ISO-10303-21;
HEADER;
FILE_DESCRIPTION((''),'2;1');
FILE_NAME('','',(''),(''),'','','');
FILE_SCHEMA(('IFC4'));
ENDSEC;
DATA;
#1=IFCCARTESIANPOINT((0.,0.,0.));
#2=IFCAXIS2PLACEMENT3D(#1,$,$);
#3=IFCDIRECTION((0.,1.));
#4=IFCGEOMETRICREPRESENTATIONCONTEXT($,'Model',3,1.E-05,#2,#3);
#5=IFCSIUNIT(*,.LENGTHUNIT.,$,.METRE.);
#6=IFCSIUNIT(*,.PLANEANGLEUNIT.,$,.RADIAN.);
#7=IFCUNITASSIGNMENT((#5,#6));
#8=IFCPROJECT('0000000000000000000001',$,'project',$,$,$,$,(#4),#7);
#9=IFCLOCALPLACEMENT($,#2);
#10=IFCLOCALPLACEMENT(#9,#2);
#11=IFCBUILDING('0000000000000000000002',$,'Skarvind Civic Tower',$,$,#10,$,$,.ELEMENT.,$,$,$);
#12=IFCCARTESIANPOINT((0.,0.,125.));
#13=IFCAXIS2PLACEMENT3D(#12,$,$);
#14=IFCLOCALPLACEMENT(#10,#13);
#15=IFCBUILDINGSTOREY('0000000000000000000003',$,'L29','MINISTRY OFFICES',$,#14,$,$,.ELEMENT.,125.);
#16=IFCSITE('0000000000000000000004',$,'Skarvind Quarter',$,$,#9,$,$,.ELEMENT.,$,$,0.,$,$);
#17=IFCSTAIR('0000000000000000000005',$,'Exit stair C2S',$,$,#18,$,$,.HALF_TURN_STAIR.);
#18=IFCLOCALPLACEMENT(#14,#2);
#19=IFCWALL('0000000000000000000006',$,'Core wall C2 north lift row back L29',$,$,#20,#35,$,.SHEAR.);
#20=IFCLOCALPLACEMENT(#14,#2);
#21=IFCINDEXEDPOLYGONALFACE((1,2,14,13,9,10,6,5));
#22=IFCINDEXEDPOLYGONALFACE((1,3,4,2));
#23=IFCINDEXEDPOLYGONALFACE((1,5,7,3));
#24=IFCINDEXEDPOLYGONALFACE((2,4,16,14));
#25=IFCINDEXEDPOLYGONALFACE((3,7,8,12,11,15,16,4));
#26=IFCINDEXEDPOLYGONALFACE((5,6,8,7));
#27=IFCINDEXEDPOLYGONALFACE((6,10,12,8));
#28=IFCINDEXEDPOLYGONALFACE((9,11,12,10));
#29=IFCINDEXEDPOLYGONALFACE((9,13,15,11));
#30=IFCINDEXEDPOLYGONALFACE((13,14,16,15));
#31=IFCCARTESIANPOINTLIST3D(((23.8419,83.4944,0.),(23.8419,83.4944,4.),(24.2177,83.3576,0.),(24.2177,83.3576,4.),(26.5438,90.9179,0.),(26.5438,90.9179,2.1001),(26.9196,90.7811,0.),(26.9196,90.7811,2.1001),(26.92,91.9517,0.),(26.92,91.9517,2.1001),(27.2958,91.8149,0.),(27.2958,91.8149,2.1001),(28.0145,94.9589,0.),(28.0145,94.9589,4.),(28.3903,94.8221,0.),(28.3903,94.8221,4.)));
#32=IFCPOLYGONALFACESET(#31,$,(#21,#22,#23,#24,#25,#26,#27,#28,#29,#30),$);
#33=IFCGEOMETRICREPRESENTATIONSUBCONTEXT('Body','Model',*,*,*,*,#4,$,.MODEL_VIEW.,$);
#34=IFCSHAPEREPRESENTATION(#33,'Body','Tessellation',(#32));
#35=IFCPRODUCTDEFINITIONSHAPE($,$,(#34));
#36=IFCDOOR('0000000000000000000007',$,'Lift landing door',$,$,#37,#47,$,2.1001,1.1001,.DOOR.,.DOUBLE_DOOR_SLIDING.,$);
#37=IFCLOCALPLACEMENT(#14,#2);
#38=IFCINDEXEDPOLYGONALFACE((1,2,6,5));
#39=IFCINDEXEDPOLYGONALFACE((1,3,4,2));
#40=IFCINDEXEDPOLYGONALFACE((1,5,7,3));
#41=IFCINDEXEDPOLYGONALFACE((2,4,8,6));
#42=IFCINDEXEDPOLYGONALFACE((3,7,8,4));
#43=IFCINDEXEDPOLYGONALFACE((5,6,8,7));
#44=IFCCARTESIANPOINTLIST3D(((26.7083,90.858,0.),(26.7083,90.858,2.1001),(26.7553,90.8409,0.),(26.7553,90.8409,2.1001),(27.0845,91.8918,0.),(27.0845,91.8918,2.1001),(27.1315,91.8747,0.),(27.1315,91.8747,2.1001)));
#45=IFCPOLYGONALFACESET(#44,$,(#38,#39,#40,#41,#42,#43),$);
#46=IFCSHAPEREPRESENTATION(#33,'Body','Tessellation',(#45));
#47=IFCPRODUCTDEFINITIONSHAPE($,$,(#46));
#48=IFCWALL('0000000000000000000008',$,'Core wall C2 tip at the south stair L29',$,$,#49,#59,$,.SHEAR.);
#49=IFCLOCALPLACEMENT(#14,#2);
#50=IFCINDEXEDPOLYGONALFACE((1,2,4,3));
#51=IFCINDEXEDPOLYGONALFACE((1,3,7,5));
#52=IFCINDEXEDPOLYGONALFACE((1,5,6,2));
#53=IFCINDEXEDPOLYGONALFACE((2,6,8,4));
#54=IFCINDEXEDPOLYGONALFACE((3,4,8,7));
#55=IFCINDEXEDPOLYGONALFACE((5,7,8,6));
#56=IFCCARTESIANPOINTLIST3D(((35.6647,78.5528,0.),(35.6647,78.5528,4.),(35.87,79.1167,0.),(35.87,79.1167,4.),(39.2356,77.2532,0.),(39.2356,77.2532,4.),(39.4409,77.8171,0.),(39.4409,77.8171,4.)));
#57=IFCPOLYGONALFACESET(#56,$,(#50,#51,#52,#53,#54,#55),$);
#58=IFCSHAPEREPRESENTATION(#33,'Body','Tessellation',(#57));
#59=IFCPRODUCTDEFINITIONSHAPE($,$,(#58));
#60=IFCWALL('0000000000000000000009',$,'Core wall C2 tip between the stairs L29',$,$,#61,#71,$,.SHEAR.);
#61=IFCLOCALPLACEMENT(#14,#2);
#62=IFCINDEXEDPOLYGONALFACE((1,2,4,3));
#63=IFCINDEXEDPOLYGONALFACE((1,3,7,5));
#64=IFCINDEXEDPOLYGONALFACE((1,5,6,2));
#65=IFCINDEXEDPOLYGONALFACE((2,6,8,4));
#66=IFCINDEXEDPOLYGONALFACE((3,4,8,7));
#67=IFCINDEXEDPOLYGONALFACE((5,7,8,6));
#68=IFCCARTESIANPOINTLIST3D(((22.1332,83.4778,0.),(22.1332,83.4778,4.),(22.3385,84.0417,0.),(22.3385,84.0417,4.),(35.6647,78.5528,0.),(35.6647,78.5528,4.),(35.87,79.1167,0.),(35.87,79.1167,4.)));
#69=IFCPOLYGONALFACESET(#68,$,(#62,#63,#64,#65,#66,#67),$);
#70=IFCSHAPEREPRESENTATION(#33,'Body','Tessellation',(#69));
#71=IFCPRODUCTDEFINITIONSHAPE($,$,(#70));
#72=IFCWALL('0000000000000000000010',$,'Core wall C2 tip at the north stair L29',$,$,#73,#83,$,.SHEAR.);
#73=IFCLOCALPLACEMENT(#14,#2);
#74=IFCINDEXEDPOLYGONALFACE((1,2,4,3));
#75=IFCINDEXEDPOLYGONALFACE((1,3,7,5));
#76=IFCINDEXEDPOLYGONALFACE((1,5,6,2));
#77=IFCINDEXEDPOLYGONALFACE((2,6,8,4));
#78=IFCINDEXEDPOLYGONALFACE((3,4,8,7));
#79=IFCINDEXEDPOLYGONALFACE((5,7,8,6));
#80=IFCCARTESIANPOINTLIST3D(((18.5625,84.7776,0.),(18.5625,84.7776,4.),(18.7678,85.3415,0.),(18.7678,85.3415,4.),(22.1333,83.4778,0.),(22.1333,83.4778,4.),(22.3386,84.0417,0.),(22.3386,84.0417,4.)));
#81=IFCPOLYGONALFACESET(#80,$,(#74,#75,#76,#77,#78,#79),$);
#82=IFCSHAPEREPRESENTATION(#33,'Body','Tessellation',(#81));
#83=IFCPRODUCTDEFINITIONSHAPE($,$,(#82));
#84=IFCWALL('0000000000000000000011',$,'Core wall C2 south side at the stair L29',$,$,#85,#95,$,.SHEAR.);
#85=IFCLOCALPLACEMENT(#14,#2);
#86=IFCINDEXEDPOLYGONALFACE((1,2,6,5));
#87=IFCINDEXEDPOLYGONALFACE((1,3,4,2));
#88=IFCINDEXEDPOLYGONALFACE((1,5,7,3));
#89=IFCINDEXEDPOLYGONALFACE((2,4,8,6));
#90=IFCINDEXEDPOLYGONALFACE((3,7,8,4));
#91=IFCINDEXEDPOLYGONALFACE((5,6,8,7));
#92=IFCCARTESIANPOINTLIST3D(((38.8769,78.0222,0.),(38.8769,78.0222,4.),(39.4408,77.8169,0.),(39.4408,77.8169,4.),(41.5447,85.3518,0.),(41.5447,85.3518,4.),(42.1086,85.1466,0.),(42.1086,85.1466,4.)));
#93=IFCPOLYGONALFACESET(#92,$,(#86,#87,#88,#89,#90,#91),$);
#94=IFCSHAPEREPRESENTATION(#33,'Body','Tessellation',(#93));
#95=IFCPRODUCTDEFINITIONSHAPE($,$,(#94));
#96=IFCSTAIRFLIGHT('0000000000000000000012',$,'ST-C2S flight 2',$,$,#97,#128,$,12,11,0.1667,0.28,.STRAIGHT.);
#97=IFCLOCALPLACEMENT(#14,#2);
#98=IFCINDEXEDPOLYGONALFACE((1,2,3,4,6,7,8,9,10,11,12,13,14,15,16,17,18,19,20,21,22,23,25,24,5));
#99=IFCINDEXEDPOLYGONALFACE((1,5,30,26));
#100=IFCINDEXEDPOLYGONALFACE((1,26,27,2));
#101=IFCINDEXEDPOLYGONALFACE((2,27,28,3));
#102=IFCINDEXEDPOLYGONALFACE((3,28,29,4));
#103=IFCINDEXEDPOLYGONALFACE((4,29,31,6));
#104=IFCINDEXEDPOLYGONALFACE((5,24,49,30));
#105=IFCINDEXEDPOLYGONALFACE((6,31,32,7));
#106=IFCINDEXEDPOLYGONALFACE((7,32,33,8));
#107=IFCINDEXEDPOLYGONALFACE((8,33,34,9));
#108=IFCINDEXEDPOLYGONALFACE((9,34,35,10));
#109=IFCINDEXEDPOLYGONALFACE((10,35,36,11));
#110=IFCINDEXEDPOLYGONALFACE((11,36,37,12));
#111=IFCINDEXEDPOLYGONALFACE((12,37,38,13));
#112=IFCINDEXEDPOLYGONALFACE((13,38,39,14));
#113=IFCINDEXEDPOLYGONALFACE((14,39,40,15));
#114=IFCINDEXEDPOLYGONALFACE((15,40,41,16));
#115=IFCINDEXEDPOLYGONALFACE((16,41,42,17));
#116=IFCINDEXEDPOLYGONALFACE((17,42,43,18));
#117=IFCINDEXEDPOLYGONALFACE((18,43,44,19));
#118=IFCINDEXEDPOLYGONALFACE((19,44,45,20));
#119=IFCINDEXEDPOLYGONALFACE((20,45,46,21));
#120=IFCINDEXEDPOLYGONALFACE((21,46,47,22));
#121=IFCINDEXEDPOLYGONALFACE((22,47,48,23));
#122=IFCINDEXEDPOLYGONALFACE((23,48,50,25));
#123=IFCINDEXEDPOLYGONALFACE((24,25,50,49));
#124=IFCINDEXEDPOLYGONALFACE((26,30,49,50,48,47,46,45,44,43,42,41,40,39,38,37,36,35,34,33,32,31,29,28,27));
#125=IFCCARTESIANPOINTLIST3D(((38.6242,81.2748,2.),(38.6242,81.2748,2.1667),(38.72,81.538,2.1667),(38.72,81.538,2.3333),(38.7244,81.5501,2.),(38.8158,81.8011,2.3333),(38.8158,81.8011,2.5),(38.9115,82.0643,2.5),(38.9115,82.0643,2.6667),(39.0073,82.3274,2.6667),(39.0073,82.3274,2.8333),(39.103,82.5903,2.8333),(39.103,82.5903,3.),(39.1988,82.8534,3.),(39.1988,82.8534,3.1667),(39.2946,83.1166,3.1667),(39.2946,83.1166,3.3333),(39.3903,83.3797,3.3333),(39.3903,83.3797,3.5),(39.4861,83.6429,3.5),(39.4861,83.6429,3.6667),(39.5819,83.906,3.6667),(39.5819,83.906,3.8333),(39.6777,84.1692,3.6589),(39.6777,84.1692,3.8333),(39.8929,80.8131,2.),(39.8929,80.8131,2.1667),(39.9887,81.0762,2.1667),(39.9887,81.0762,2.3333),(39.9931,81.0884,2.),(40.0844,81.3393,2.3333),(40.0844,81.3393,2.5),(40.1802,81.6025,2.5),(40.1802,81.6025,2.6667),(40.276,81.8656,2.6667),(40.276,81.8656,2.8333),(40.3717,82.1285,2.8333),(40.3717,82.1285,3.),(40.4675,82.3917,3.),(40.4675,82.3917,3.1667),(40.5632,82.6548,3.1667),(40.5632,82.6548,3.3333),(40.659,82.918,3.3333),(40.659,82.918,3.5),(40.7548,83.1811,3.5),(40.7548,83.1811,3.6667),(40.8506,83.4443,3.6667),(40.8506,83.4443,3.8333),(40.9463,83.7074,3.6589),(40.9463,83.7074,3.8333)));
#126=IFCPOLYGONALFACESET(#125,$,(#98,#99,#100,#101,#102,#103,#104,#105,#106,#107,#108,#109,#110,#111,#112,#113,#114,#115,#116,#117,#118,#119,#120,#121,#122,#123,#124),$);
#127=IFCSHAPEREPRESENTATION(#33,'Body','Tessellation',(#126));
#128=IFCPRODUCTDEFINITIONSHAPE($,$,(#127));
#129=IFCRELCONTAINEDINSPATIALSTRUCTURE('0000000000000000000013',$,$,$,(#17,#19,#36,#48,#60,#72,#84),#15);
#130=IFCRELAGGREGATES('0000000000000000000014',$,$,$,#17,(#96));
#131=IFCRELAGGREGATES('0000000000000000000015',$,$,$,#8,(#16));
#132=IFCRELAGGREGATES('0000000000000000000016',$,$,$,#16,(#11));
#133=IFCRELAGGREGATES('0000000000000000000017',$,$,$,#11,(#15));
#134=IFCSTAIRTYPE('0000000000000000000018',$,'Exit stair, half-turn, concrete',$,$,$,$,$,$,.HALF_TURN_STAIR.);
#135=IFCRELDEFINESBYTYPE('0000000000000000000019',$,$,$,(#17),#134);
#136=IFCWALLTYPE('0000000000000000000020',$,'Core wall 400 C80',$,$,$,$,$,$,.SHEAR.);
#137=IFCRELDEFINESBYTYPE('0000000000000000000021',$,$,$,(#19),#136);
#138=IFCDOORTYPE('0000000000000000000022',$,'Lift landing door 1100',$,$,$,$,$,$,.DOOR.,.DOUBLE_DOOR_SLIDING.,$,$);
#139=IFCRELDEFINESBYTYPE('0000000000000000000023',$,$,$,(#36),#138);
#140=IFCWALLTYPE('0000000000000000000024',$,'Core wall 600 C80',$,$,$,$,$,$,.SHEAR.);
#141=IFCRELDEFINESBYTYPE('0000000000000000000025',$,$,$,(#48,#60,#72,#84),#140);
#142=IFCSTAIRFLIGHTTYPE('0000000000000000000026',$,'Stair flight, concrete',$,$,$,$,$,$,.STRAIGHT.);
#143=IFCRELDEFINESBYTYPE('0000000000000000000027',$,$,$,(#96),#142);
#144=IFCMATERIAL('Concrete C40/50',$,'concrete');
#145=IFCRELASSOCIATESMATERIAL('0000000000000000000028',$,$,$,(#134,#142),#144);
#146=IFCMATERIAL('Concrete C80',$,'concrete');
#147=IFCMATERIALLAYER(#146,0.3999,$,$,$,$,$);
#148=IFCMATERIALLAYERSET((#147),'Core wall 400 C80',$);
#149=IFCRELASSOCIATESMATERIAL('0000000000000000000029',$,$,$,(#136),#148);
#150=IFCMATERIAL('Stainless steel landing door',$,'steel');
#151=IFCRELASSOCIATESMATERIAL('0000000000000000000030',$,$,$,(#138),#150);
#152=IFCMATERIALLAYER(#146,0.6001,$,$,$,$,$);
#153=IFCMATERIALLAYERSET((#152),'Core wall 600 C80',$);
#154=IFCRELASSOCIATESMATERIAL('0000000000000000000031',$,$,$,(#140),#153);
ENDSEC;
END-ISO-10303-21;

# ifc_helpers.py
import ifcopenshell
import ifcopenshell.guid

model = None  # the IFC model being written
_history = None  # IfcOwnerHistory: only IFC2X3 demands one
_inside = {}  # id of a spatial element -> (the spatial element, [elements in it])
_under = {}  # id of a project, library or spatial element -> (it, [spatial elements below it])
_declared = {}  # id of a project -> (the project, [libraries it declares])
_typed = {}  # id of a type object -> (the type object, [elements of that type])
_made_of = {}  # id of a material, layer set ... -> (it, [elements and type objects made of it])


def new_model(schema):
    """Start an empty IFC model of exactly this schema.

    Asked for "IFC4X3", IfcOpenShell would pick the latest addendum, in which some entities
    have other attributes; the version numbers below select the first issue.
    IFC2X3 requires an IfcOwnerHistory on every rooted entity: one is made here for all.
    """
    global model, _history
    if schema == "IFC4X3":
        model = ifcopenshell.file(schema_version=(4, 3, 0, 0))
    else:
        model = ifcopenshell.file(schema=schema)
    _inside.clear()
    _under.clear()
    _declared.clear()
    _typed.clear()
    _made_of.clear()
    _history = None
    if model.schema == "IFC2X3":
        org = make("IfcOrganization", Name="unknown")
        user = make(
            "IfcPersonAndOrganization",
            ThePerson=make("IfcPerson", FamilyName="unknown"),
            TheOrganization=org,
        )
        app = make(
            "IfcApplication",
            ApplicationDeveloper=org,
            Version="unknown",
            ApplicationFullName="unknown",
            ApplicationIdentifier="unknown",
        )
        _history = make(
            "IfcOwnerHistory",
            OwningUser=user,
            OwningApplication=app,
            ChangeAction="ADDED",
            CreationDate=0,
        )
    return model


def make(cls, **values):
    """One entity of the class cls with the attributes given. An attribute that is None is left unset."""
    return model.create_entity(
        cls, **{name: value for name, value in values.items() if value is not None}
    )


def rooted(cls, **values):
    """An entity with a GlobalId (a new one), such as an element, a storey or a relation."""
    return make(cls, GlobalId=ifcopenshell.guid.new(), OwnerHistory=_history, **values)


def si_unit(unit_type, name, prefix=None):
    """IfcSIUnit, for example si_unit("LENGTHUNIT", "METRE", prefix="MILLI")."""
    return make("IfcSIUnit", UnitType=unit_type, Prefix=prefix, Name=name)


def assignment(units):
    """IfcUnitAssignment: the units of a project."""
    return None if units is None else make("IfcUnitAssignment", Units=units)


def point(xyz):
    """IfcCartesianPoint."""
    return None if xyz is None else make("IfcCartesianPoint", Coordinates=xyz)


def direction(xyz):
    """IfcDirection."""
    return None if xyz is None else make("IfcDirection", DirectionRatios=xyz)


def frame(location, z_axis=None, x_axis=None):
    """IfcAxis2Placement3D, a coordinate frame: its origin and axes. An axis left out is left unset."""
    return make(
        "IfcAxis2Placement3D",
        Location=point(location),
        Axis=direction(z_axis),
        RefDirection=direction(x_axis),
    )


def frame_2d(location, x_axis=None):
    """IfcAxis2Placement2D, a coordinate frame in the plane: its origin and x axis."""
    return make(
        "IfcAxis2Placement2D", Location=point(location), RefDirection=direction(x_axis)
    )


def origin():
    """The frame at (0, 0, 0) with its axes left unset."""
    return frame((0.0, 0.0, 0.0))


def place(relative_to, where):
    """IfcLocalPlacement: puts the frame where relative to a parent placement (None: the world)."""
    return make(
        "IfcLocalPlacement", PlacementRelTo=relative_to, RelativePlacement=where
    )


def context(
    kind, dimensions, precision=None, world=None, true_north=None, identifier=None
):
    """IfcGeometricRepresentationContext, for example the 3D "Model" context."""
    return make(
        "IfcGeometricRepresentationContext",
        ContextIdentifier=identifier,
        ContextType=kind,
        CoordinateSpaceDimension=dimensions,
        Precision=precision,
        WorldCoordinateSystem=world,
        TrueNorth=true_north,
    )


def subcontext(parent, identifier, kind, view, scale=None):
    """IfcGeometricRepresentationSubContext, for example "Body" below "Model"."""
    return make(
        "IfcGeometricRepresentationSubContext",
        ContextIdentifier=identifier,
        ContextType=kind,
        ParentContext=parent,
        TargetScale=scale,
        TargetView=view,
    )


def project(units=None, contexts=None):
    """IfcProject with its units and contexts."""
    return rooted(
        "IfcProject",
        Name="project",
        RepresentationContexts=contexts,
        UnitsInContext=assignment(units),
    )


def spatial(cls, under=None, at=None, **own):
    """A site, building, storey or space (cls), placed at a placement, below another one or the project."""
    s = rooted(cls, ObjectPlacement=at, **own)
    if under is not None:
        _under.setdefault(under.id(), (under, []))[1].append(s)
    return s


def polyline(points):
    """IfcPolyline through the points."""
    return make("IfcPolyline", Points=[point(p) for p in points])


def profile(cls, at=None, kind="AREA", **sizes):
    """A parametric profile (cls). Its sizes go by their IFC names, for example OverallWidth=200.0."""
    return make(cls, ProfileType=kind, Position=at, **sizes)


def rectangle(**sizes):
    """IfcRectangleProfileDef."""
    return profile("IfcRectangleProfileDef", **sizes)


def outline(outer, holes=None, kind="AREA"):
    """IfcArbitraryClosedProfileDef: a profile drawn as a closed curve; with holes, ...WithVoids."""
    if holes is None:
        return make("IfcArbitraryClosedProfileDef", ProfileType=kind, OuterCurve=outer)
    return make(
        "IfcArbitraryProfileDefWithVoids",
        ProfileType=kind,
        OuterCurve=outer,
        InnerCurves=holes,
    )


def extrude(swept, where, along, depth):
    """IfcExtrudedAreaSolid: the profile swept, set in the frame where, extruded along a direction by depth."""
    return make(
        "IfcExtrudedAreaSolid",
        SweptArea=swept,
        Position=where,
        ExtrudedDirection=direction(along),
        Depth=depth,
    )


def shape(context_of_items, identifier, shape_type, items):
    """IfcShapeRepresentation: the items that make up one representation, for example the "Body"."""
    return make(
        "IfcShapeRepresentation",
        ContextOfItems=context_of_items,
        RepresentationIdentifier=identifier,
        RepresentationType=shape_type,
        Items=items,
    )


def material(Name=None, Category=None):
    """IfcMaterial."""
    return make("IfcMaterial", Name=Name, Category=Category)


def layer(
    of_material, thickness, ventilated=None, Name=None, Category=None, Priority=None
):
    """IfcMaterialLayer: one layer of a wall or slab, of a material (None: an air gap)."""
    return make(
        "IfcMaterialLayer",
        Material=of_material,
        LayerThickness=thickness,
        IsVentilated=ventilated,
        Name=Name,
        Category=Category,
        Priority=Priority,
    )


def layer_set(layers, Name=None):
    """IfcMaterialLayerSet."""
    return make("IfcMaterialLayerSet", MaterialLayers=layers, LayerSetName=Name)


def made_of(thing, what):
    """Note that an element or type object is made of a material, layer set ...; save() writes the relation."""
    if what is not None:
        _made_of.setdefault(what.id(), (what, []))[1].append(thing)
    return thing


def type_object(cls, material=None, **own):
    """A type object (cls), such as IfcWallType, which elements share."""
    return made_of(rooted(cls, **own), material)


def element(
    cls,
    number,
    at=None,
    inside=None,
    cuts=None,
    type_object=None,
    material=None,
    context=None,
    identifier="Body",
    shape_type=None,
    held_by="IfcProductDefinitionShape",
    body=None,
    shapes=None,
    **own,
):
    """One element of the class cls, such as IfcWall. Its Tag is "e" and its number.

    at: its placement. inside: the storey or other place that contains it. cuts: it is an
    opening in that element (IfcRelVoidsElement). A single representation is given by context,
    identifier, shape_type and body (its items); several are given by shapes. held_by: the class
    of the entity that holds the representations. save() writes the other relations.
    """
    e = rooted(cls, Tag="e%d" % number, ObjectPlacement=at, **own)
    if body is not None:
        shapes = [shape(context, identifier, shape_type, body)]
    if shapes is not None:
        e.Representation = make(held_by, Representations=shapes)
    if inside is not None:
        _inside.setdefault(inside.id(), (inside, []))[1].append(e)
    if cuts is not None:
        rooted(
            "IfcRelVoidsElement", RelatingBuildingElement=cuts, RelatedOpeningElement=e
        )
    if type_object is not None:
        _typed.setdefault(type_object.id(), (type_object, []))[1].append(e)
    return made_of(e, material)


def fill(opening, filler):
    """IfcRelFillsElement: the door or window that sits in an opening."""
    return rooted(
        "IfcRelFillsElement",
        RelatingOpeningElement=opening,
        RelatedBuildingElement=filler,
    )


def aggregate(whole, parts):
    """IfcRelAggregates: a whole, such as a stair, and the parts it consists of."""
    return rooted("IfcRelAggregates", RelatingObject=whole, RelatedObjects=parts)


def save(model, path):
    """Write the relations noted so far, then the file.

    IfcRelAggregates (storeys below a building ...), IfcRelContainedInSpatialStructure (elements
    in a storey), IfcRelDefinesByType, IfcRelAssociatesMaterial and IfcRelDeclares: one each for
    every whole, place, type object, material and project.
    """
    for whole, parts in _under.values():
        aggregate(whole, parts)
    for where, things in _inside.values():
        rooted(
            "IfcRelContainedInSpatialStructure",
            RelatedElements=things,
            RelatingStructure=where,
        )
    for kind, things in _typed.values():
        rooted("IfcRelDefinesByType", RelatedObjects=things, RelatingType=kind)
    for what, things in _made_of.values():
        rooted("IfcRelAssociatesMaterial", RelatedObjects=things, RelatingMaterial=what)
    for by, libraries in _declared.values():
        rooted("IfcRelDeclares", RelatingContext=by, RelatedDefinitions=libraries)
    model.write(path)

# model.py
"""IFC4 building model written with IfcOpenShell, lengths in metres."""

from ifc_helpers import new_model, si_unit, direction, frame, frame_2d, origin, place, context, subcontext, project, spatial, polyline, rectangle, outline, extrude, material, layer, layer_set, type_object, element, fill, aggregate, save


model = new_model("IFC4")

# Units and contexts
model_context = context("Model", 3, precision=1e-05, world=origin(), true_north=direction((0.0, 1.0)))
body_context = subcontext(model_context, "Body", "Model", "MODEL_VIEW")
ifc_project = project(units=[si_unit("LENGTHUNIT", "METRE"), si_unit("PLANEANGLEUNIT", "RADIAN")], contexts=[model_context])

# Site, building, storey
site_placement = place(None, origin())
site = spatial("IfcSite", under=ifc_project, at=site_placement, Name="Skarvind Quarter", CompositionType="ELEMENT", RefElevation=0.0)
building_placement = place(site_placement, origin())
building = spatial("IfcBuilding", under=site, at=building_placement, Name="Skarvind Civic Tower", CompositionType="ELEMENT")
storey_placement = place(building_placement, frame((0.0, 0.0, 125.0)))
storey = spatial("IfcBuildingStorey", under=building, at=storey_placement, Name="L29", Description="MINISTRY OFFICES", CompositionType="ELEMENT", Elevation=125.0)

# Shared definitions
ifc_material_1 = material(Name="Concrete C40/50", Category="concrete")

# Stair
stair_type_1 = type_object("IfcStairType", Name="Exit stair, half-turn, concrete", PredefinedType="HALF_TURN_STAIR", material=ifc_material_1)
stair_1_placement = place(storey_placement, origin())
stair_1 = element("IfcStair", 1, at=stair_1_placement, inside=storey, type_object=stair_type_1, Name="Exit stair C2S", PredefinedType="HALF_TURN_STAIR")

# Shared definitions
ifc_material_2 = material(Name="Concrete C80", Category="concrete")
ifc_layer_1 = layer(ifc_material_2, 0.3999)
ifc_layer_set_1 = layer_set([ifc_layer_1], Name="Core wall 400 C80")
wall_type_1 = type_object("IfcWallType", Name="Core wall 400 C80", PredefinedType="SHEAR", material=ifc_layer_set_1)

# Shared definitions
ifc_material_3 = material(Name="Stainless steel landing door", Category="steel")
door_type = type_object("IfcDoorType", Name="Lift landing door 1100", OperationType="DOUBLE_DOOR_SLIDING", PredefinedType="DOOR", material=ifc_material_3)

# Wall, opening, door
wall_1_placement = place(storey_placement, frame((24.0298, 83.426, 0.0), z_axis=(0.0, 0.0, 1.0), x_axis=(0.342015, 0.939695, 0.0)))
wall_1 = element("IfcWall", 2, at=wall_1_placement, inside=storey, type_object=wall_type_1, Name="Core wall C2 north lift row back L29", PredefinedType="SHEAR", context=body_context, shape_type="SweptSolid", body=[
    extrude(rectangle(XDim=12.2002, YDim=0.3999, at=frame_2d((6.1001, 0.0))), origin(), (0.0, 0.0, 1.0), 4.0),
])
opening_1_placement = place(wall_1_placement, frame((7.8999, 0.0, 0.0)))
opening_1 = element("IfcOpeningElement", 3, at=opening_1_placement, cuts=wall_1, PredefinedType="OPENING", context=body_context, shape_type="SweptSolid", body=[
    extrude(rectangle(XDim=1.1001, YDim=2.1001, at=frame_2d((0.55, 1.05))), frame((0.0, 0.21, 0.0), z_axis=(0.0, -1.0, 0.0), x_axis=(1.0, 0.0, 0.0)), (0.0, 0.0, 1.0), 0.4199),
])
door_1_placement = place(opening_1_placement, origin())
door_1 = element("IfcDoor", 4, at=door_1_placement, inside=storey, type_object=door_type, Name="Lift landing door", OperationType="DOUBLE_DOOR_SLIDING", OverallHeight=2.1001, OverallWidth=1.1001, PredefinedType="DOOR", context=body_context, shape_type="SweptSolid", body=[
    extrude(rectangle(XDim=1.1001, YDim=2.1001, at=frame_2d((0.55, 1.05))), frame((0.0, 0.0249, 0.0), z_axis=(0.0, -1.0, 0.0), x_axis=(1.0, 0.0, 0.0)), (0.0, 0.0, 1.0), 0.05),
])
fill(opening_1, door_1)

# Walls
ifc_layer_2 = layer(ifc_material_2, 0.6001)
ifc_layer_set_2 = layer_set([ifc_layer_2], Name="Core wall 600 C80")
wall_type_2 = type_object("IfcWallType", Name="Core wall 600 C80", PredefinedType="SHEAR", material=ifc_layer_set_2)
wall_2_placement = place(storey_placement, frame((39.3381, 77.5352, 0.0), z_axis=(0.0, 0.0, 1.0), x_axis=(-0.939701, 0.341996, 0.0)))
element("IfcWall", 5, at=wall_2_placement, inside=storey, type_object=wall_type_2, Name="Core wall C2 tip at the south stair L29", PredefinedType="SHEAR", context=body_context, shape_type="SweptSolid", body=[
    extrude(rectangle(XDim=3.8, YDim=0.6001, at=frame_2d((1.8999, 0.0))), origin(), (0.0, 0.0, 1.0), 4.0),
])
wall_3_placement = place(storey_placement, frame((35.7673, 78.8347, 0.0), z_axis=(0.0, 0.0, 1.0), x_axis=(-0.939693, 0.342019, 0.0)))
element("IfcWall", 6, at=wall_3_placement, inside=storey, type_object=wall_type_2, Name="Core wall C2 tip between the stairs L29", PredefinedType="SHEAR", context=body_context, shape_type="SweptSolid", body=[
    extrude(rectangle(XDim=14.3999, YDim=0.6001, at=frame_2d((7.2, 0.0))), origin(), (0.0, 0.0, 1.0), 4.0),
])
wall_4_placement = place(storey_placement, frame((22.2358, 83.7598, 0.0), z_axis=(0.0, 0.0, 1.0), x_axis=(-0.939681, 0.342053, 0.0)))
element("IfcWall", 7, at=wall_4_placement, inside=storey, type_object=wall_type_2, Name="Core wall C2 tip at the north stair L29", PredefinedType="SHEAR", context=body_context, shape_type="SweptSolid", body=[
    extrude(rectangle(XDim=3.8, YDim=0.6001, at=frame_2d((1.8999, 0.0))), origin(), (0.0, 0.0, 1.0), 4.0),
])
wall_5_placement = place(storey_placement, frame((39.1589, 77.9197, 0.0), z_axis=(0.0, 0.0, 1.0), x_axis=(0.342017, 0.939694, 0.0)))
element("IfcWall", 8, at=wall_5_placement, inside=storey, type_object=wall_type_2, Name="Core wall C2 south side at the stair L29", PredefinedType="SHEAR", context=body_context, shape_type="SweptSolid", body=[
    extrude(rectangle(XDim=7.8, YDim=0.6001, at=frame_2d((3.8999, 0.0))), origin(), (0.0, 0.0, 1.0), 4.0),
])

# Stair flight
stair_flight_type = type_object("IfcStairFlightType", Name="Stair flight, concrete", PredefinedType="STRAIGHT", material=ifc_material_1)
stair_flight_placement = place(storey_placement, frame((39.2585, 81.0439, 2.0), z_axis=(0.0, 0.0, 1.0), x_axis=(0.34202, 0.939693, 0.0)))
stair_flight = element("IfcStairFlight", 9, at=stair_flight_placement, type_object=stair_flight_type, Name="ST-C2S flight 2", NumberOfRisers=12, NumberOfTreads=11, PredefinedType="STRAIGHT", RiserHeight=0.1667, TreadLength=0.28, context=body_context, shape_type="SweptSolid", body=[
    extrude(outline(polyline([(0.0, 0.0), (0.0, 0.1667), (0.28, 0.1667), (0.28, 0.3333), (0.5601, 0.3333), (0.5601, 0.5), (0.8401, 0.5), (0.8401, 0.6667), (1.1201, 0.6667), (1.1201, 0.8333), (1.3999, 0.8333), (1.3999, 1.0), (1.6799, 1.0), (1.6799, 1.1667), (1.96, 1.1667), (1.96, 1.3333), (2.24, 1.3333), (2.24, 1.5), (2.52, 1.5), (2.52, 1.6667), (2.8, 1.6667), (2.8, 1.8333), (3.0801, 1.8333), (3.0801, 2.0), (3.0801, 1.6589), (0.293, 0.0), (0.0, 0.0)])), frame((0.0, 0.675, 0.0), z_axis=(0.0, -1.0, 0.0), x_axis=(1.0, 0.0, 0.0)), (0.0, 0.0, 1.0), 1.3501),
])
aggregate(stair_1, [stair_flight])

save(model, "model.ifc")
